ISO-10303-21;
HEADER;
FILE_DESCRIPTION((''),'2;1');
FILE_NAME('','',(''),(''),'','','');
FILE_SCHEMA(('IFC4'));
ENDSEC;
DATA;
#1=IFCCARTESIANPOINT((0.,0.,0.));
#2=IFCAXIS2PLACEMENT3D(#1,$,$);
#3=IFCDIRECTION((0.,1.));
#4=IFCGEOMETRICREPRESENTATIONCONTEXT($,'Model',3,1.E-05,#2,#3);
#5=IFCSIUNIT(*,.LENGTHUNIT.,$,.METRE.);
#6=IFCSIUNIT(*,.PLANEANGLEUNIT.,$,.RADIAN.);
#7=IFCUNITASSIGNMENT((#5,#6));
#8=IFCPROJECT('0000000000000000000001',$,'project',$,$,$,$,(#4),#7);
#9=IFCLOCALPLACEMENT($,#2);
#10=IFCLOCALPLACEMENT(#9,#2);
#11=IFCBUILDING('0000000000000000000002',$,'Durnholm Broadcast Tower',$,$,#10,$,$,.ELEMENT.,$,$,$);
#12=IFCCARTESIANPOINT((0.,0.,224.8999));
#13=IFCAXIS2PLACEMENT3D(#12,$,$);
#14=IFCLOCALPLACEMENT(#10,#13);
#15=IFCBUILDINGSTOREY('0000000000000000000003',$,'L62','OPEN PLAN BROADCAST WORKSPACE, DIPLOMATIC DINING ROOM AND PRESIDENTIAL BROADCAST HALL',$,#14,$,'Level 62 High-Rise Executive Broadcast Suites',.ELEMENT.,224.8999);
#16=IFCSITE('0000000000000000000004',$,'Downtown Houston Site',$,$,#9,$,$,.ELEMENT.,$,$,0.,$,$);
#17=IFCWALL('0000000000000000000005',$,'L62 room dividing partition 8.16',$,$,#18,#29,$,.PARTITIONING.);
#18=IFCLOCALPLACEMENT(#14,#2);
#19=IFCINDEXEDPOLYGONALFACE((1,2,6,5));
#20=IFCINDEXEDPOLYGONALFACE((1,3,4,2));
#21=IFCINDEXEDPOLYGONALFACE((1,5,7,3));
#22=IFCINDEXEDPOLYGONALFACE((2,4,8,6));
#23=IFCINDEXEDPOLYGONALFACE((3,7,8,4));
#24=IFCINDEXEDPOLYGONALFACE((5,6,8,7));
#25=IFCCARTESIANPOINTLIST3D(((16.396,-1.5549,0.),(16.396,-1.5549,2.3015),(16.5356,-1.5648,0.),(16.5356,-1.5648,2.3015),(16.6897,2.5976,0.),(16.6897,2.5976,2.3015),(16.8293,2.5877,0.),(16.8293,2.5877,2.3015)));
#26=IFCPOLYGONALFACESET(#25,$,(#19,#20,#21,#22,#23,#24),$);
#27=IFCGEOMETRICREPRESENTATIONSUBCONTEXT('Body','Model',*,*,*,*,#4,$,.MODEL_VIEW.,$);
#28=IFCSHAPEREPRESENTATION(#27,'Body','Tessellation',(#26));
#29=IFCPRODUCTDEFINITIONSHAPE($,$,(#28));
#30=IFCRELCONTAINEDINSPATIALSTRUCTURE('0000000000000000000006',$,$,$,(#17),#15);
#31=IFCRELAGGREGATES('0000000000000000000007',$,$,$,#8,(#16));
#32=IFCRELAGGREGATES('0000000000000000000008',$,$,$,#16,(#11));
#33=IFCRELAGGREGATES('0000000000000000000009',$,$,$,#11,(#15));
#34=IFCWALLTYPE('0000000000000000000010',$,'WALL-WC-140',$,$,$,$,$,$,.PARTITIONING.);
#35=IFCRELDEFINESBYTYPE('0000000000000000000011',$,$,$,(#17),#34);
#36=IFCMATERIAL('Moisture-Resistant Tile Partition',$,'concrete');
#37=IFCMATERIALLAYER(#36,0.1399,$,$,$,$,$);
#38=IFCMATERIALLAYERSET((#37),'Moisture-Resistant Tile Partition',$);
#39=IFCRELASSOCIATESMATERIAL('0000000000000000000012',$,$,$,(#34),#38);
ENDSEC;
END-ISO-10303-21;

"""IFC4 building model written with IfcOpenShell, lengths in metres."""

from ifc_helpers import new_model, si_unit, direction, frame, frame_2d, origin, place, context, subcontext, project, spatial, rectangle, extrude, material, layer, layer_set, type_object, element, save


model = new_model("IFC4")

# Units and contexts
model_context = context("Model", 3, precision=1e-05, world=origin(), true_north=direction((0.0, 1.0)))
body_context = subcontext(model_context, "Body", "Model", "MODEL_VIEW")
ifc_project = project(units=[si_unit("LENGTHUNIT", "METRE"), si_unit("PLANEANGLEUNIT", "RADIAN")], contexts=[model_context])

# Site, building, storey
site_placement = place(None, origin())
site = spatial("IfcSite", under=ifc_project, at=site_placement, Name="Downtown Houston Site", CompositionType="ELEMENT", RefElevation=0.0)
building_placement = place(site_placement, origin())
building = spatial("IfcBuilding", under=site, at=building_placement, Name="Durnholm Broadcast Tower", CompositionType="ELEMENT")
storey_placement = place(building_placement, frame((0.0, 0.0, 224.8999)))
storey = spatial("IfcBuildingStorey", under=building, at=storey_placement, Name="L62", Description="OPEN PLAN BROADCAST WORKSPACE, DIPLOMATIC DINING ROOM AND PRESIDENTIAL BROADCAST HALL", LongName="Level 62 High-Rise Executive Broadcast Suites", CompositionType="ELEMENT", Elevation=224.8999)

# Wall
ifc_material_1 = material(Name="Moisture-Resistant Tile Partition", Category="concrete")
ifc_layer_1 = layer(ifc_material_1, 0.1399)
ifc_layer_set_1 = layer_set([ifc_layer_1], Name="Moisture-Resistant Tile Partition")
wall_type_1 = type_object("IfcWallType", Name="WALL-WC-140", PredefinedType="PARTITIONING", material=ifc_layer_set_1)
wall_1_placement = place(storey_placement, frame((16.7595, 2.5928, 0.0), z_axis=(0.0, 0.0, 1.0), x_axis=(-0.070551, -0.997508, 0.0)))
element("IfcWall", 1, at=wall_1_placement, inside=storey, type_object=wall_type_1, Name="L62 room dividing partition 8.16", PredefinedType="PARTITIONING", context=body_context, shape_type="SweptSolid", body=[
    extrude(rectangle(XDim=4.1628, YDim=0.1399, at=frame_2d((2.0815, 0.0))), origin(), (0.0, 0.0, 1.0), 2.3015),
])

save(model, "model.ifc")
